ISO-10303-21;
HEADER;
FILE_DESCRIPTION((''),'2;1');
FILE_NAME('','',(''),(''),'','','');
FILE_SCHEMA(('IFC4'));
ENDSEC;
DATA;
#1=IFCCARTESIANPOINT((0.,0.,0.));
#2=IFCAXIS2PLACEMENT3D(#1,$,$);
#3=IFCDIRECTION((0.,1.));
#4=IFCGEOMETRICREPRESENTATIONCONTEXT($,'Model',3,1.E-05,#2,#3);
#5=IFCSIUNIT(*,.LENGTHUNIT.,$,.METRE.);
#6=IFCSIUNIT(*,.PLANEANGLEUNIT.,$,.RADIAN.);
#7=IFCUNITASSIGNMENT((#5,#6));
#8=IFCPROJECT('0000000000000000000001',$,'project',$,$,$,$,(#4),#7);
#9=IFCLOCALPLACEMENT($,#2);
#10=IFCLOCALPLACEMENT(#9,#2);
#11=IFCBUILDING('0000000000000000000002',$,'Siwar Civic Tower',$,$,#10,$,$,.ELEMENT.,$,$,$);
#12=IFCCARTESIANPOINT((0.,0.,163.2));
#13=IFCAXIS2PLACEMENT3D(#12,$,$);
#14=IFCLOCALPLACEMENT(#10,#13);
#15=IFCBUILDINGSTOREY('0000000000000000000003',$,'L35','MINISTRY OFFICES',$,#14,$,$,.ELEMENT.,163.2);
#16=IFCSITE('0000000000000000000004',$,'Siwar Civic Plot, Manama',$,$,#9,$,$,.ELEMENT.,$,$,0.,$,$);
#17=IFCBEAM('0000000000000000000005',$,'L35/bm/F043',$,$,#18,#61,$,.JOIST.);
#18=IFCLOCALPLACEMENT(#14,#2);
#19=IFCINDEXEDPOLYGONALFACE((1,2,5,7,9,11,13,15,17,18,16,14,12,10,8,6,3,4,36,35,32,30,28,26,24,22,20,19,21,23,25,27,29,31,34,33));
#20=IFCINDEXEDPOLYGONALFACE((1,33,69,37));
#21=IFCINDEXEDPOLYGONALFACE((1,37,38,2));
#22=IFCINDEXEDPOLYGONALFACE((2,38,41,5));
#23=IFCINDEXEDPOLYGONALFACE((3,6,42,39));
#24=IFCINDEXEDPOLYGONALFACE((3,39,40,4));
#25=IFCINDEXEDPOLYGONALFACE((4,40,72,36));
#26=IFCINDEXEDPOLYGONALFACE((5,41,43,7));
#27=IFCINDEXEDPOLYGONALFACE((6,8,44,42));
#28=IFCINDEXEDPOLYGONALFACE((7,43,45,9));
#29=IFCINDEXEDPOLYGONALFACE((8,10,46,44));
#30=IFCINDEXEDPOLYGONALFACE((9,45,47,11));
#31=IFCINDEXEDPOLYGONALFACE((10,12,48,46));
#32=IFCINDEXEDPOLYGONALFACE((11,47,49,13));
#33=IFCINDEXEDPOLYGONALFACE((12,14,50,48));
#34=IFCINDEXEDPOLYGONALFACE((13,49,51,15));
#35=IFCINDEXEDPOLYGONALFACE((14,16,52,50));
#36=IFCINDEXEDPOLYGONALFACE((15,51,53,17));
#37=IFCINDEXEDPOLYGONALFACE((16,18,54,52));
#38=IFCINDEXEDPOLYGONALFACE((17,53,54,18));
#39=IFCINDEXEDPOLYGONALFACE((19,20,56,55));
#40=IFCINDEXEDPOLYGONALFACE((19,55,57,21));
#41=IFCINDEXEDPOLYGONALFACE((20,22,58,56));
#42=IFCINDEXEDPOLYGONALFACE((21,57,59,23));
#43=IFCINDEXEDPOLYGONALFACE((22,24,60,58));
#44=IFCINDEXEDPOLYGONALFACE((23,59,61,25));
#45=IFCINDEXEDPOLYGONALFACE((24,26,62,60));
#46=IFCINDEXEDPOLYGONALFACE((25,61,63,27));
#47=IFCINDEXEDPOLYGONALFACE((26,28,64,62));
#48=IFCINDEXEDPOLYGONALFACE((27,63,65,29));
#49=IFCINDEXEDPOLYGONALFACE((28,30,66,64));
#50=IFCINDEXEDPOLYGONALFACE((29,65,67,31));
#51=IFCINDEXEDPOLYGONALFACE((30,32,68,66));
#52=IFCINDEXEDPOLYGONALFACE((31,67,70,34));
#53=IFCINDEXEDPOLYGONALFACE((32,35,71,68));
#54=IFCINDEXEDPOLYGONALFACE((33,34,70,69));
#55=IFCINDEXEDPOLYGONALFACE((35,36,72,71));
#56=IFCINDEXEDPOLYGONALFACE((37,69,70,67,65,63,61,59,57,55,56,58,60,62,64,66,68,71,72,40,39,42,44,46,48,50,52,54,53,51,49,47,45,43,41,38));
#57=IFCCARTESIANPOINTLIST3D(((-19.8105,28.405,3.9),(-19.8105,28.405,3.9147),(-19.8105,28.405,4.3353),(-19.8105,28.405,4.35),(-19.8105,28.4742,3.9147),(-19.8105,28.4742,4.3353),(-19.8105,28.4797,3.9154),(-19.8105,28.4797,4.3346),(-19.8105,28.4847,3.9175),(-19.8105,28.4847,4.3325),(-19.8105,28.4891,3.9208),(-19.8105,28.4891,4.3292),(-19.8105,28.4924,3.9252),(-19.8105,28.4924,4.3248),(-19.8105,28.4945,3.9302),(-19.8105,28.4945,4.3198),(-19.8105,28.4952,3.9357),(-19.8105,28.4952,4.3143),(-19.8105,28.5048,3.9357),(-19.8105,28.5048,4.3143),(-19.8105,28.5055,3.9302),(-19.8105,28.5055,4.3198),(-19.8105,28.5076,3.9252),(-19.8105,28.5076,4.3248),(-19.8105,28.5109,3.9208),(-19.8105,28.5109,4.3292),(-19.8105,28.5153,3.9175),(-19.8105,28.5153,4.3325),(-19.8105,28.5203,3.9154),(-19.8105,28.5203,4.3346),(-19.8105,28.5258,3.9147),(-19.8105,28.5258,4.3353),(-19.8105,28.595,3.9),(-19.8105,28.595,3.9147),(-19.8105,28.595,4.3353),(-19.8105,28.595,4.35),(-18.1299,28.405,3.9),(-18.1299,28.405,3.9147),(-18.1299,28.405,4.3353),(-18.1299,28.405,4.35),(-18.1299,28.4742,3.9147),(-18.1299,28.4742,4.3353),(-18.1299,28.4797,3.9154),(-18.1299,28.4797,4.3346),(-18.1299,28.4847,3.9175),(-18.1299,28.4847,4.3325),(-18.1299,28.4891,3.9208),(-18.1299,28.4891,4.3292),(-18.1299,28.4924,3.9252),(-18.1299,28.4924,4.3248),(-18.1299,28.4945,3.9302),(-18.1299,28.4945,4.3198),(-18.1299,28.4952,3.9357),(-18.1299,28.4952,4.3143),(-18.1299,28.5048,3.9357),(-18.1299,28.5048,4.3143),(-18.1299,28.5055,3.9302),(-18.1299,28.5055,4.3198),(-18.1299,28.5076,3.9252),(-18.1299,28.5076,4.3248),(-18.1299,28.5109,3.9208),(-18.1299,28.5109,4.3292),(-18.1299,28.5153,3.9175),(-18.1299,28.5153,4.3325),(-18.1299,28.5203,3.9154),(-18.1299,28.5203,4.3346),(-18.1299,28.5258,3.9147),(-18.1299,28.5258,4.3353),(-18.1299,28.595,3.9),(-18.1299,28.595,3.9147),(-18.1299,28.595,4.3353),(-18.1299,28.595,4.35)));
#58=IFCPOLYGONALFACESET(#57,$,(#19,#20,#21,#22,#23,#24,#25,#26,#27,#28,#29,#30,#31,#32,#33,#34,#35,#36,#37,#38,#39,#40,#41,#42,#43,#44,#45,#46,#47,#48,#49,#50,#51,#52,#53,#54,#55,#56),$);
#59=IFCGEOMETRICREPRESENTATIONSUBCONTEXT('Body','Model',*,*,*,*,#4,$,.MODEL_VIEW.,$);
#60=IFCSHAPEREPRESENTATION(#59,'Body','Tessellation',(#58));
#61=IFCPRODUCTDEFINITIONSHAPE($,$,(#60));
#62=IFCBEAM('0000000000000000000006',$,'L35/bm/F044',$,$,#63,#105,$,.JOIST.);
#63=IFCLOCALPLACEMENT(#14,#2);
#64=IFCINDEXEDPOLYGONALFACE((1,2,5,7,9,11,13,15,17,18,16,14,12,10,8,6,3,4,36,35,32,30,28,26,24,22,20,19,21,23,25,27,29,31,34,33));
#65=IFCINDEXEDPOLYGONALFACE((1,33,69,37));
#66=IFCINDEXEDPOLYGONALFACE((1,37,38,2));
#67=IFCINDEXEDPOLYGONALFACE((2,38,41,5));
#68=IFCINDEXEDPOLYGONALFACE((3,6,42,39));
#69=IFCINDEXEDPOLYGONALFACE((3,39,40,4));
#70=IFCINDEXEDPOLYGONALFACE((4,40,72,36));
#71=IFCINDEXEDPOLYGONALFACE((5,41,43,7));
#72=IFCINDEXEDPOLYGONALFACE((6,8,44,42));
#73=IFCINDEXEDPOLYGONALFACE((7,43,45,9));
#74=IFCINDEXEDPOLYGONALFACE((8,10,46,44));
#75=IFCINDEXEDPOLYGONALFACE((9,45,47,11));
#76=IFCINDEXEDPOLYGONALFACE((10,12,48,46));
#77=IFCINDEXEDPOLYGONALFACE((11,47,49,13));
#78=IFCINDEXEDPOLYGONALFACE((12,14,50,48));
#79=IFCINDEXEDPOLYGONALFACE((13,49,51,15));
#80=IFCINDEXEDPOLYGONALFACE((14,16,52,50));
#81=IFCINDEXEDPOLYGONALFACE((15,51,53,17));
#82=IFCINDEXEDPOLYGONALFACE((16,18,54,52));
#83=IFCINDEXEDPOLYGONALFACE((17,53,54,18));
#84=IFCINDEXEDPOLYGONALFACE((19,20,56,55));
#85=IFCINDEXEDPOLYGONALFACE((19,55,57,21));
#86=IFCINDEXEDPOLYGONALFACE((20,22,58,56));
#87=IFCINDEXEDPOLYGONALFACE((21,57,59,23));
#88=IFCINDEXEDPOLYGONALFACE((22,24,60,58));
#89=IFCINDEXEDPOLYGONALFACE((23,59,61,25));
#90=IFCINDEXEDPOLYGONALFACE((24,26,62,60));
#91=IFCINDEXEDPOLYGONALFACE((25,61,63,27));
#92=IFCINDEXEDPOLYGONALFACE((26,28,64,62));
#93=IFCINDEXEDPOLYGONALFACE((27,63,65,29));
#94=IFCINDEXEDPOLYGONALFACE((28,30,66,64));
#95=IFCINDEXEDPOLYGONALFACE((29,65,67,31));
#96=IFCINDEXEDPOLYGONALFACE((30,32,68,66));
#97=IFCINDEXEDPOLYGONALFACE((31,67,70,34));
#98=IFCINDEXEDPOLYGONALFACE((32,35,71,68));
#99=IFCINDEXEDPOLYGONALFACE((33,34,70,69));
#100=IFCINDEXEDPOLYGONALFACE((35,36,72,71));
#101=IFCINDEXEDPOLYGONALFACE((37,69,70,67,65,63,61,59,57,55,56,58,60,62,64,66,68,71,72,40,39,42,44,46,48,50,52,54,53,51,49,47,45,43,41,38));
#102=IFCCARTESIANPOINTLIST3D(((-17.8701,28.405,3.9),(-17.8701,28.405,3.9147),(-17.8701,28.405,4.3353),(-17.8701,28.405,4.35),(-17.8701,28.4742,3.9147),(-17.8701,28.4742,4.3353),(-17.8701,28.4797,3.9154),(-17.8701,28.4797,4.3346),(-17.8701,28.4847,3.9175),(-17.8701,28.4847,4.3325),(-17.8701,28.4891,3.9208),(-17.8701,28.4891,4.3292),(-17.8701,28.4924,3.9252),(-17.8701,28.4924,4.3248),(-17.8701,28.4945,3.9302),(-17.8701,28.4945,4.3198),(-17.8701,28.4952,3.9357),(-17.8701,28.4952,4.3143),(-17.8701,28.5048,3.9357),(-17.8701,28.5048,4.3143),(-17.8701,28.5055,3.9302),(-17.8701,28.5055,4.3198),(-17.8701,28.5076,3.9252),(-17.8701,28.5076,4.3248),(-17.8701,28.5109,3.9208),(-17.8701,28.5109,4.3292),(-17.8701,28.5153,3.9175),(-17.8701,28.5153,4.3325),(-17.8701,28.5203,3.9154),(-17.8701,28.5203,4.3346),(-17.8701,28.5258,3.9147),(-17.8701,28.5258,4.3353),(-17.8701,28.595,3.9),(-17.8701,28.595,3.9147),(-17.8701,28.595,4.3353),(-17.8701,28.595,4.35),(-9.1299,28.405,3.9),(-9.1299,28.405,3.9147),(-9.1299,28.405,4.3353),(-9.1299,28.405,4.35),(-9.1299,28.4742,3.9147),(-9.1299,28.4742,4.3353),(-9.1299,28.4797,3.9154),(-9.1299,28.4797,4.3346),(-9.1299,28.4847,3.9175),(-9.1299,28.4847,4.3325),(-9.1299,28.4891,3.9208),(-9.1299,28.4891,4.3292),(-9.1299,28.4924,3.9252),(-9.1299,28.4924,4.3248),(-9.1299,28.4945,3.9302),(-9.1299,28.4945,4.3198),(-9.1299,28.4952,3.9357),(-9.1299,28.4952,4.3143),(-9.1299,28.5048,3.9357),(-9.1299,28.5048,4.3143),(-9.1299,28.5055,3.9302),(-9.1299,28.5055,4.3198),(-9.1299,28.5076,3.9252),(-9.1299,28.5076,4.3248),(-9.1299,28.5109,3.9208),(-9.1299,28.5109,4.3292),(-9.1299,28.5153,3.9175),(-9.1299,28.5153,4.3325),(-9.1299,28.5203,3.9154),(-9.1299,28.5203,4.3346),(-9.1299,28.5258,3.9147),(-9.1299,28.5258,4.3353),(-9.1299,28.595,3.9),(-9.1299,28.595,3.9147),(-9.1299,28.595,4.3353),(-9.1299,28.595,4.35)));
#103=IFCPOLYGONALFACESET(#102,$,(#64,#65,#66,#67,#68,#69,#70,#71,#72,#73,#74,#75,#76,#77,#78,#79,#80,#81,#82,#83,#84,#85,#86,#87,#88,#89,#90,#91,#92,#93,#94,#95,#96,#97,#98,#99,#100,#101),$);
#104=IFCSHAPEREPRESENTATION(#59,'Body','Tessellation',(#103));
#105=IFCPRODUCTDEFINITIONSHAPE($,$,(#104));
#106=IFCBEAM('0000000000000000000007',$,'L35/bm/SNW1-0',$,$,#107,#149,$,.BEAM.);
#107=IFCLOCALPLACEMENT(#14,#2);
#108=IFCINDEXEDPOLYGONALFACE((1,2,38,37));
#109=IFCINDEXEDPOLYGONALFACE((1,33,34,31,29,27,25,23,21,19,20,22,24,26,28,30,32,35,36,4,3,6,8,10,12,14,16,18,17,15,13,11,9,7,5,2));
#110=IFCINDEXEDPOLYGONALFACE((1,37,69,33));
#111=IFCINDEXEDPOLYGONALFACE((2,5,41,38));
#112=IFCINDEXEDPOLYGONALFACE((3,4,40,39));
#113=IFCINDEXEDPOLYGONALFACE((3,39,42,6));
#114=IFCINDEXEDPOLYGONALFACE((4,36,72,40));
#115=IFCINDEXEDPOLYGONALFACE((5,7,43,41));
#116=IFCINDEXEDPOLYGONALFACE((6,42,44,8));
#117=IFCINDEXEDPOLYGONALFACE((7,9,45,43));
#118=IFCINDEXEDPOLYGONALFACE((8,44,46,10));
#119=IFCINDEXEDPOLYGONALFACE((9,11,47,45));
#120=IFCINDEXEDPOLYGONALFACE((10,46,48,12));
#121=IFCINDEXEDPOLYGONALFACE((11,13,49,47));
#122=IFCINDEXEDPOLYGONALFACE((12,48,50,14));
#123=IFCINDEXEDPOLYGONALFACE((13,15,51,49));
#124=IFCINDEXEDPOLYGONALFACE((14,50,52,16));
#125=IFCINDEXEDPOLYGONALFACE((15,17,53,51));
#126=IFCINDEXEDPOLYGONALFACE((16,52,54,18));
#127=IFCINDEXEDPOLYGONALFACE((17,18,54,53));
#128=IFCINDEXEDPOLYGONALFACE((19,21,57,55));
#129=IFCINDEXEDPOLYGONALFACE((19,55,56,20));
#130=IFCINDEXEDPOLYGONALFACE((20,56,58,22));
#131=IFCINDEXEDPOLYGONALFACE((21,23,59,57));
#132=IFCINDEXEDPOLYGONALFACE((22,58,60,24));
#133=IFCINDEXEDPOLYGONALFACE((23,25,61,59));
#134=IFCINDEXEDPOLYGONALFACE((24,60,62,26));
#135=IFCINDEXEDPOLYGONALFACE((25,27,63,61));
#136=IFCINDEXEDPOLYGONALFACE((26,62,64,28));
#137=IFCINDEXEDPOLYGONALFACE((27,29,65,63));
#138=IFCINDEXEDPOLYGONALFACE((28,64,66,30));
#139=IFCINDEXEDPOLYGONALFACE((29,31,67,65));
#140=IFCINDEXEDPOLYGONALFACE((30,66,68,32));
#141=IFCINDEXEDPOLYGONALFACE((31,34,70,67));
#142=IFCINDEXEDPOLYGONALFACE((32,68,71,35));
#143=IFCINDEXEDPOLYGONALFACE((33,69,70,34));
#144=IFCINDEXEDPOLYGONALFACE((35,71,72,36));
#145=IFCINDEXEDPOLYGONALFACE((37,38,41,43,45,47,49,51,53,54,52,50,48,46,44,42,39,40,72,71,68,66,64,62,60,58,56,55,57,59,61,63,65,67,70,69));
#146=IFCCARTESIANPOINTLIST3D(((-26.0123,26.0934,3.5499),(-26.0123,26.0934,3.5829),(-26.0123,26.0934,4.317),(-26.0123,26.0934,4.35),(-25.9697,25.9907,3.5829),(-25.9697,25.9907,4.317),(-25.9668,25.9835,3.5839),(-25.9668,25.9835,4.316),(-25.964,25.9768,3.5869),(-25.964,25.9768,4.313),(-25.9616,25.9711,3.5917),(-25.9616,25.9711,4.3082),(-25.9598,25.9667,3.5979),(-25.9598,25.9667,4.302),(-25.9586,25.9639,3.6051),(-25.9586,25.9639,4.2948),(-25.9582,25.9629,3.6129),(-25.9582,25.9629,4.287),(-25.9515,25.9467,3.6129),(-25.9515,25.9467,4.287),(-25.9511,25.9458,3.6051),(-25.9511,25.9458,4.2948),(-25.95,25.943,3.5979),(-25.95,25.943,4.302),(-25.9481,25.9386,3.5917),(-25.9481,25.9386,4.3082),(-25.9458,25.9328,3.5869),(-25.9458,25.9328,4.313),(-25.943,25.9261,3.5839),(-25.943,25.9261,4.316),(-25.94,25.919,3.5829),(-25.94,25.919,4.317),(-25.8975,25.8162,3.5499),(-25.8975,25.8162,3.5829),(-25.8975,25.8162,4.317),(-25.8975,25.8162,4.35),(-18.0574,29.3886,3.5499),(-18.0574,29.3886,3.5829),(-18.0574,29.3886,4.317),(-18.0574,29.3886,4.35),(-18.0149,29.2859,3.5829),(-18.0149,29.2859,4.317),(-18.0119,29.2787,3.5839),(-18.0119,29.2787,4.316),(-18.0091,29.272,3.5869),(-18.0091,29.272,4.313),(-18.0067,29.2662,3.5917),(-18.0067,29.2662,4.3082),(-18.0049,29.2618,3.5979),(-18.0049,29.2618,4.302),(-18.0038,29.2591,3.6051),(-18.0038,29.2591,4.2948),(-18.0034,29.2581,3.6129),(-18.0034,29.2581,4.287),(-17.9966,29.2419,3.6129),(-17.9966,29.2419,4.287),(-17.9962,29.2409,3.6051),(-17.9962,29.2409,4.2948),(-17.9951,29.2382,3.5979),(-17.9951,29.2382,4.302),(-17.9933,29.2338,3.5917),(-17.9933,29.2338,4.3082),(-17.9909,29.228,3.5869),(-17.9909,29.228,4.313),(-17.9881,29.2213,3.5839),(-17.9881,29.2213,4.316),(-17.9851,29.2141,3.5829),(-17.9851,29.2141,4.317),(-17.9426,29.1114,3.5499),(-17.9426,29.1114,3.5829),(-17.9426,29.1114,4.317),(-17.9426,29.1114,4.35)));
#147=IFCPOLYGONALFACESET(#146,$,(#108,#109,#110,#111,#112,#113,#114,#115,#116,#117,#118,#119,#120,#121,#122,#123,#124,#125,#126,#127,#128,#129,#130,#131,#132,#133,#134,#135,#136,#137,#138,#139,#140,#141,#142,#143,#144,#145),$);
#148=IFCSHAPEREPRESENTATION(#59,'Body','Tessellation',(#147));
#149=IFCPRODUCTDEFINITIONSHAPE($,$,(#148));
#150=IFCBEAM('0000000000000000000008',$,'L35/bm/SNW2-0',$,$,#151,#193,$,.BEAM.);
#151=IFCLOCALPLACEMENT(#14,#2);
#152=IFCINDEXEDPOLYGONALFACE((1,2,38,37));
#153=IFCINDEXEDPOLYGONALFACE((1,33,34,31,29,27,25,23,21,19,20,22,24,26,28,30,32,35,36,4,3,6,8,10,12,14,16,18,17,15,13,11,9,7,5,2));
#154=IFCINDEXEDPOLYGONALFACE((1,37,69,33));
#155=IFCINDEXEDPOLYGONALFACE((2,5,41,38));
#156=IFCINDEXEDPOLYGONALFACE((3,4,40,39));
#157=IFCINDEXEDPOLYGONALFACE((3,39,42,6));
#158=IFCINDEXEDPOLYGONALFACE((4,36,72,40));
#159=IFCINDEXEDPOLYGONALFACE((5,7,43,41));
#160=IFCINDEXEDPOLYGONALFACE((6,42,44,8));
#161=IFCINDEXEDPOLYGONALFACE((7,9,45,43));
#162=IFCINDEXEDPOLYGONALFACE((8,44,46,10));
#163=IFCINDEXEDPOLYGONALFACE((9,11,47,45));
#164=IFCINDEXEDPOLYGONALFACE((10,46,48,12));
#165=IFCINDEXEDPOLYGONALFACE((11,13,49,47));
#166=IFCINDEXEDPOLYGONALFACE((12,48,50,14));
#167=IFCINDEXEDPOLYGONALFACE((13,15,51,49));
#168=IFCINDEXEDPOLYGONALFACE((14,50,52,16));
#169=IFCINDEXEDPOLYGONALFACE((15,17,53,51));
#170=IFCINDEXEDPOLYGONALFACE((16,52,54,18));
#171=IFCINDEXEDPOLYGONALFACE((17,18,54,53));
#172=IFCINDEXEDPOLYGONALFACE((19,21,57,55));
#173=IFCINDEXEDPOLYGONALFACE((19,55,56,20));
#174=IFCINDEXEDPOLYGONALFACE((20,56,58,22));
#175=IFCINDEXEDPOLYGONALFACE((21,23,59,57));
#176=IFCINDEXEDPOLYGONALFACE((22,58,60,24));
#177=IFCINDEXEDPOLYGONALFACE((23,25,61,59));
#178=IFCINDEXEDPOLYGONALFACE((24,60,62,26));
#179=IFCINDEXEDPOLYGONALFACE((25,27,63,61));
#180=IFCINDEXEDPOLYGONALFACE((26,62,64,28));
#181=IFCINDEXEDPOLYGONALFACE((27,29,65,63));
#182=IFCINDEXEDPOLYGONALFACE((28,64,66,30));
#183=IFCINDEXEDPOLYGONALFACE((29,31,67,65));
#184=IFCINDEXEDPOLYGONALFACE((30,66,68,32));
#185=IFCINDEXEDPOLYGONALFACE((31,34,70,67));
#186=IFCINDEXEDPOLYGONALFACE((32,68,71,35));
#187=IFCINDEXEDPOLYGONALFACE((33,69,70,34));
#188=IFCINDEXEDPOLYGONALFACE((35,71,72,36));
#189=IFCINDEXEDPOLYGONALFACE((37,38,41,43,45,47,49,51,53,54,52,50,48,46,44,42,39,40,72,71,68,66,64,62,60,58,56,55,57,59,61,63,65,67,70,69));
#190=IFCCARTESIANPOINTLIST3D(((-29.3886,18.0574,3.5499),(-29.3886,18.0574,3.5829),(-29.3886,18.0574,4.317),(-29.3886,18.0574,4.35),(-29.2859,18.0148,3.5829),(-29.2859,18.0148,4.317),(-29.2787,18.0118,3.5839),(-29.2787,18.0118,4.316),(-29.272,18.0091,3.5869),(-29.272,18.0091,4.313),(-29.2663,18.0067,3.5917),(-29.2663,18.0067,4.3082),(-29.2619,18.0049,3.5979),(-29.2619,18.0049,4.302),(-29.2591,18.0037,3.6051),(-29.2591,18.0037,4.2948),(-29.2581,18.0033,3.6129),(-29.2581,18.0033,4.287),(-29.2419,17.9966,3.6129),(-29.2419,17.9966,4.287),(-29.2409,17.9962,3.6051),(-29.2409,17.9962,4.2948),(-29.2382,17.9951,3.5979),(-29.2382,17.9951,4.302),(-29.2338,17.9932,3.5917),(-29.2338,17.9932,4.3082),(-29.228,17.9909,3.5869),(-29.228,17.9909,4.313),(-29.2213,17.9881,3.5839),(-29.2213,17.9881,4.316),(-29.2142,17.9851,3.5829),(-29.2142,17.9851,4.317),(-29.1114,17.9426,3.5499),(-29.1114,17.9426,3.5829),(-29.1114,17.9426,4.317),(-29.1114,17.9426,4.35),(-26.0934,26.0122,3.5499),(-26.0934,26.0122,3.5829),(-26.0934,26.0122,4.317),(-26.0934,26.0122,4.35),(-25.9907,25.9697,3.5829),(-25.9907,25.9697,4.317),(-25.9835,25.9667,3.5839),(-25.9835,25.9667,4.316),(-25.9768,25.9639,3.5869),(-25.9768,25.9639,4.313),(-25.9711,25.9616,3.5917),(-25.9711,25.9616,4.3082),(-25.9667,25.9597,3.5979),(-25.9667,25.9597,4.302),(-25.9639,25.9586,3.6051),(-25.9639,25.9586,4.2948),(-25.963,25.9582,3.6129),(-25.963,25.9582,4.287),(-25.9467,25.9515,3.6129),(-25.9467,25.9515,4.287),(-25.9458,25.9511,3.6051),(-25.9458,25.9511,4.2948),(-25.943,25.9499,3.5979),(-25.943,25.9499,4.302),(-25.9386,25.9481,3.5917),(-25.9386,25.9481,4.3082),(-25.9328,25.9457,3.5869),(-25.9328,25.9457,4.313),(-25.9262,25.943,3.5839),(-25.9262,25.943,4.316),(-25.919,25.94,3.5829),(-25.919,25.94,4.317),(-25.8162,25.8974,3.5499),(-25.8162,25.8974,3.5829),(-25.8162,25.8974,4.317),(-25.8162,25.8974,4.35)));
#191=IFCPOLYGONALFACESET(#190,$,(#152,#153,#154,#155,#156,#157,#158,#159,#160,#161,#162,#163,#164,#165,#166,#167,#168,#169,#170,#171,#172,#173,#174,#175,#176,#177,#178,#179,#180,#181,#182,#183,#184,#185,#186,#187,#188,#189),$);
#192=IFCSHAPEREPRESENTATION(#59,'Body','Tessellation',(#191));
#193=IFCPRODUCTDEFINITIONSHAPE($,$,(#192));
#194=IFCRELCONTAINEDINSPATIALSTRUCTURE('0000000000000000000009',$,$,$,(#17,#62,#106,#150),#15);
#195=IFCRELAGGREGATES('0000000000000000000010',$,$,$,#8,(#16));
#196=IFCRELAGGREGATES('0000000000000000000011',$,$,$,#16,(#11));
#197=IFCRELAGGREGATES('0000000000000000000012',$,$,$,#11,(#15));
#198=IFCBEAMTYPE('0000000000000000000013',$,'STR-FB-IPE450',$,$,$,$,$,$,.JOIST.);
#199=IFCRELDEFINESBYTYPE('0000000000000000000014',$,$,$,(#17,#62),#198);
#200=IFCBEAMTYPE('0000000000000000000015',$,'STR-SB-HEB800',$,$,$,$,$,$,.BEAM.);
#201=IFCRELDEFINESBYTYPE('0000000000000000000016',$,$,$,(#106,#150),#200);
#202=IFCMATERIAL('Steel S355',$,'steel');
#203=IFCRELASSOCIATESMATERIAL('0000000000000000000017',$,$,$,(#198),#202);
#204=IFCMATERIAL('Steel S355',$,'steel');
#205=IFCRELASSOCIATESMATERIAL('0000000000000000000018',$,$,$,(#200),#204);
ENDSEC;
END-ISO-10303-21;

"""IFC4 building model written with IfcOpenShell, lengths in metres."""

from ifc_helpers import new_model, si_unit, direction, frame, origin, origin_2d, place, context, subcontext, project, spatial, i_section, extrude, material, material_profile, profile_set, type_object, element, save


model = new_model("IFC4")

# Units and contexts
model_context = context("Model", 3, precision=1e-05, world=origin(), true_north=direction((0.0, 1.0)))
body_context = subcontext(model_context, "Body", "Model", "MODEL_VIEW")
ifc_project = project(units=[si_unit("LENGTHUNIT", "METRE"), si_unit("PLANEANGLEUNIT", "RADIAN")], contexts=[model_context])

# Site, building, storey
site_placement = place(None, origin())
site = spatial("IfcSite", under=ifc_project, at=site_placement, Name="Siwar Civic Plot, Manama", CompositionType="ELEMENT", RefElevation=0.0)
building_placement = place(site_placement, origin())
building = spatial("IfcBuilding", under=site, at=building_placement, Name="Siwar Civic Tower", CompositionType="ELEMENT")
storey_placement = place(building_placement, frame((0.0, 0.0, 163.2)))
storey = spatial("IfcBuildingStorey", under=building, at=storey_placement, Name="L35", Description="MINISTRY OFFICES", CompositionType="ELEMENT", Elevation=163.2)

# Beams
ifc_material_1 = material(Name="Steel S355", Category="steel")
ifc_material_profile_1 = material_profile(ifc_material_1, i_section(OverallWidth=0.1899, OverallDepth=0.45, WebThickness=0.0095, FlangeThickness=0.0146, FilletRadius=0.021, at=origin_2d()), Name="IPE450")
ifc_profile_set_1 = profile_set([ifc_material_profile_1], Name="Steel S355")
beam_type_1 = type_object("IfcBeamType", Name="STR-FB-IPE450", PredefinedType="JOIST", material=ifc_profile_set_1)
beam_1_placement = place(storey_placement, frame((-19.8105, 28.5, 4.125), z_axis=(1.0, 0.0, 0.0), x_axis=(0.0, 1.0, 0.0)))
element("IfcBeam", 1, at=beam_1_placement, inside=storey, type_object=beam_type_1, Name="L35/bm/F043", PredefinedType="JOIST", context=body_context, shape_type="SweptSolid", body=[
    extrude(i_section(OverallWidth=0.1899, OverallDepth=0.45, WebThickness=0.0095, FlangeThickness=0.0146, FilletRadius=0.021, at=origin_2d()), origin(), (0.0, 0.0, 1.0), 1.6807),
])
beam_2_placement = place(storey_placement, frame((-17.8701, 28.5, 4.125), z_axis=(1.0, 0.0, 0.0), x_axis=(0.0, 1.0, 0.0)))
element("IfcBeam", 2, at=beam_2_placement, inside=storey, type_object=beam_type_1, Name="L35/bm/F044", PredefinedType="JOIST", context=body_context, shape_type="SweptSolid", body=[
    extrude(i_section(OverallWidth=0.1899, OverallDepth=0.45, WebThickness=0.0095, FlangeThickness=0.0146, FilletRadius=0.021, at=origin_2d()), origin(), (0.0, 0.0, 1.0), 8.7402),
])
ifc_material_2 = material(Name="Steel S355", Category="steel")
ifc_material_profile_2 = material_profile(ifc_material_2, i_section(OverallWidth=0.3, OverallDepth=0.8, WebThickness=0.0176, FlangeThickness=0.033, FilletRadius=0.03, at=origin_2d()), Name="HEB800")
ifc_profile_set_2 = profile_set([ifc_material_profile_2], Name="Steel S355")
beam_type_2 = type_object("IfcBeamType", Name="STR-SB-HEB800", PredefinedType="BEAM", material=ifc_profile_set_2)
for number, where, z_axis, x_axis, name in (
    (3, (-18.0, 29.25, 3.95), (-0.923873, -0.3827, 0.0), (0.3827, -0.923873, 0.0), "L35/bm/SNW1-0"),
    (4, (-25.9548, 25.9548, 3.95), (-0.3827, -0.923873, 0.0), (0.923873, -0.3827, 0.0), "L35/bm/SNW2-0"),
):
    element("IfcBeam", number, at=place(storey_placement, frame(where, z_axis=z_axis, x_axis=x_axis)), inside=storey, type_object=beam_type_2, Name=name, PredefinedType="BEAM", context=body_context, shape_type="SweptSolid", body=[
        extrude(i_section(OverallWidth=0.3, OverallDepth=0.8, WebThickness=0.0176, FlangeThickness=0.033, FilletRadius=0.03, at=origin_2d()), origin(), (0.0, 0.0, 1.0), 8.6104),
    ])

save(model, "model.ifc")
